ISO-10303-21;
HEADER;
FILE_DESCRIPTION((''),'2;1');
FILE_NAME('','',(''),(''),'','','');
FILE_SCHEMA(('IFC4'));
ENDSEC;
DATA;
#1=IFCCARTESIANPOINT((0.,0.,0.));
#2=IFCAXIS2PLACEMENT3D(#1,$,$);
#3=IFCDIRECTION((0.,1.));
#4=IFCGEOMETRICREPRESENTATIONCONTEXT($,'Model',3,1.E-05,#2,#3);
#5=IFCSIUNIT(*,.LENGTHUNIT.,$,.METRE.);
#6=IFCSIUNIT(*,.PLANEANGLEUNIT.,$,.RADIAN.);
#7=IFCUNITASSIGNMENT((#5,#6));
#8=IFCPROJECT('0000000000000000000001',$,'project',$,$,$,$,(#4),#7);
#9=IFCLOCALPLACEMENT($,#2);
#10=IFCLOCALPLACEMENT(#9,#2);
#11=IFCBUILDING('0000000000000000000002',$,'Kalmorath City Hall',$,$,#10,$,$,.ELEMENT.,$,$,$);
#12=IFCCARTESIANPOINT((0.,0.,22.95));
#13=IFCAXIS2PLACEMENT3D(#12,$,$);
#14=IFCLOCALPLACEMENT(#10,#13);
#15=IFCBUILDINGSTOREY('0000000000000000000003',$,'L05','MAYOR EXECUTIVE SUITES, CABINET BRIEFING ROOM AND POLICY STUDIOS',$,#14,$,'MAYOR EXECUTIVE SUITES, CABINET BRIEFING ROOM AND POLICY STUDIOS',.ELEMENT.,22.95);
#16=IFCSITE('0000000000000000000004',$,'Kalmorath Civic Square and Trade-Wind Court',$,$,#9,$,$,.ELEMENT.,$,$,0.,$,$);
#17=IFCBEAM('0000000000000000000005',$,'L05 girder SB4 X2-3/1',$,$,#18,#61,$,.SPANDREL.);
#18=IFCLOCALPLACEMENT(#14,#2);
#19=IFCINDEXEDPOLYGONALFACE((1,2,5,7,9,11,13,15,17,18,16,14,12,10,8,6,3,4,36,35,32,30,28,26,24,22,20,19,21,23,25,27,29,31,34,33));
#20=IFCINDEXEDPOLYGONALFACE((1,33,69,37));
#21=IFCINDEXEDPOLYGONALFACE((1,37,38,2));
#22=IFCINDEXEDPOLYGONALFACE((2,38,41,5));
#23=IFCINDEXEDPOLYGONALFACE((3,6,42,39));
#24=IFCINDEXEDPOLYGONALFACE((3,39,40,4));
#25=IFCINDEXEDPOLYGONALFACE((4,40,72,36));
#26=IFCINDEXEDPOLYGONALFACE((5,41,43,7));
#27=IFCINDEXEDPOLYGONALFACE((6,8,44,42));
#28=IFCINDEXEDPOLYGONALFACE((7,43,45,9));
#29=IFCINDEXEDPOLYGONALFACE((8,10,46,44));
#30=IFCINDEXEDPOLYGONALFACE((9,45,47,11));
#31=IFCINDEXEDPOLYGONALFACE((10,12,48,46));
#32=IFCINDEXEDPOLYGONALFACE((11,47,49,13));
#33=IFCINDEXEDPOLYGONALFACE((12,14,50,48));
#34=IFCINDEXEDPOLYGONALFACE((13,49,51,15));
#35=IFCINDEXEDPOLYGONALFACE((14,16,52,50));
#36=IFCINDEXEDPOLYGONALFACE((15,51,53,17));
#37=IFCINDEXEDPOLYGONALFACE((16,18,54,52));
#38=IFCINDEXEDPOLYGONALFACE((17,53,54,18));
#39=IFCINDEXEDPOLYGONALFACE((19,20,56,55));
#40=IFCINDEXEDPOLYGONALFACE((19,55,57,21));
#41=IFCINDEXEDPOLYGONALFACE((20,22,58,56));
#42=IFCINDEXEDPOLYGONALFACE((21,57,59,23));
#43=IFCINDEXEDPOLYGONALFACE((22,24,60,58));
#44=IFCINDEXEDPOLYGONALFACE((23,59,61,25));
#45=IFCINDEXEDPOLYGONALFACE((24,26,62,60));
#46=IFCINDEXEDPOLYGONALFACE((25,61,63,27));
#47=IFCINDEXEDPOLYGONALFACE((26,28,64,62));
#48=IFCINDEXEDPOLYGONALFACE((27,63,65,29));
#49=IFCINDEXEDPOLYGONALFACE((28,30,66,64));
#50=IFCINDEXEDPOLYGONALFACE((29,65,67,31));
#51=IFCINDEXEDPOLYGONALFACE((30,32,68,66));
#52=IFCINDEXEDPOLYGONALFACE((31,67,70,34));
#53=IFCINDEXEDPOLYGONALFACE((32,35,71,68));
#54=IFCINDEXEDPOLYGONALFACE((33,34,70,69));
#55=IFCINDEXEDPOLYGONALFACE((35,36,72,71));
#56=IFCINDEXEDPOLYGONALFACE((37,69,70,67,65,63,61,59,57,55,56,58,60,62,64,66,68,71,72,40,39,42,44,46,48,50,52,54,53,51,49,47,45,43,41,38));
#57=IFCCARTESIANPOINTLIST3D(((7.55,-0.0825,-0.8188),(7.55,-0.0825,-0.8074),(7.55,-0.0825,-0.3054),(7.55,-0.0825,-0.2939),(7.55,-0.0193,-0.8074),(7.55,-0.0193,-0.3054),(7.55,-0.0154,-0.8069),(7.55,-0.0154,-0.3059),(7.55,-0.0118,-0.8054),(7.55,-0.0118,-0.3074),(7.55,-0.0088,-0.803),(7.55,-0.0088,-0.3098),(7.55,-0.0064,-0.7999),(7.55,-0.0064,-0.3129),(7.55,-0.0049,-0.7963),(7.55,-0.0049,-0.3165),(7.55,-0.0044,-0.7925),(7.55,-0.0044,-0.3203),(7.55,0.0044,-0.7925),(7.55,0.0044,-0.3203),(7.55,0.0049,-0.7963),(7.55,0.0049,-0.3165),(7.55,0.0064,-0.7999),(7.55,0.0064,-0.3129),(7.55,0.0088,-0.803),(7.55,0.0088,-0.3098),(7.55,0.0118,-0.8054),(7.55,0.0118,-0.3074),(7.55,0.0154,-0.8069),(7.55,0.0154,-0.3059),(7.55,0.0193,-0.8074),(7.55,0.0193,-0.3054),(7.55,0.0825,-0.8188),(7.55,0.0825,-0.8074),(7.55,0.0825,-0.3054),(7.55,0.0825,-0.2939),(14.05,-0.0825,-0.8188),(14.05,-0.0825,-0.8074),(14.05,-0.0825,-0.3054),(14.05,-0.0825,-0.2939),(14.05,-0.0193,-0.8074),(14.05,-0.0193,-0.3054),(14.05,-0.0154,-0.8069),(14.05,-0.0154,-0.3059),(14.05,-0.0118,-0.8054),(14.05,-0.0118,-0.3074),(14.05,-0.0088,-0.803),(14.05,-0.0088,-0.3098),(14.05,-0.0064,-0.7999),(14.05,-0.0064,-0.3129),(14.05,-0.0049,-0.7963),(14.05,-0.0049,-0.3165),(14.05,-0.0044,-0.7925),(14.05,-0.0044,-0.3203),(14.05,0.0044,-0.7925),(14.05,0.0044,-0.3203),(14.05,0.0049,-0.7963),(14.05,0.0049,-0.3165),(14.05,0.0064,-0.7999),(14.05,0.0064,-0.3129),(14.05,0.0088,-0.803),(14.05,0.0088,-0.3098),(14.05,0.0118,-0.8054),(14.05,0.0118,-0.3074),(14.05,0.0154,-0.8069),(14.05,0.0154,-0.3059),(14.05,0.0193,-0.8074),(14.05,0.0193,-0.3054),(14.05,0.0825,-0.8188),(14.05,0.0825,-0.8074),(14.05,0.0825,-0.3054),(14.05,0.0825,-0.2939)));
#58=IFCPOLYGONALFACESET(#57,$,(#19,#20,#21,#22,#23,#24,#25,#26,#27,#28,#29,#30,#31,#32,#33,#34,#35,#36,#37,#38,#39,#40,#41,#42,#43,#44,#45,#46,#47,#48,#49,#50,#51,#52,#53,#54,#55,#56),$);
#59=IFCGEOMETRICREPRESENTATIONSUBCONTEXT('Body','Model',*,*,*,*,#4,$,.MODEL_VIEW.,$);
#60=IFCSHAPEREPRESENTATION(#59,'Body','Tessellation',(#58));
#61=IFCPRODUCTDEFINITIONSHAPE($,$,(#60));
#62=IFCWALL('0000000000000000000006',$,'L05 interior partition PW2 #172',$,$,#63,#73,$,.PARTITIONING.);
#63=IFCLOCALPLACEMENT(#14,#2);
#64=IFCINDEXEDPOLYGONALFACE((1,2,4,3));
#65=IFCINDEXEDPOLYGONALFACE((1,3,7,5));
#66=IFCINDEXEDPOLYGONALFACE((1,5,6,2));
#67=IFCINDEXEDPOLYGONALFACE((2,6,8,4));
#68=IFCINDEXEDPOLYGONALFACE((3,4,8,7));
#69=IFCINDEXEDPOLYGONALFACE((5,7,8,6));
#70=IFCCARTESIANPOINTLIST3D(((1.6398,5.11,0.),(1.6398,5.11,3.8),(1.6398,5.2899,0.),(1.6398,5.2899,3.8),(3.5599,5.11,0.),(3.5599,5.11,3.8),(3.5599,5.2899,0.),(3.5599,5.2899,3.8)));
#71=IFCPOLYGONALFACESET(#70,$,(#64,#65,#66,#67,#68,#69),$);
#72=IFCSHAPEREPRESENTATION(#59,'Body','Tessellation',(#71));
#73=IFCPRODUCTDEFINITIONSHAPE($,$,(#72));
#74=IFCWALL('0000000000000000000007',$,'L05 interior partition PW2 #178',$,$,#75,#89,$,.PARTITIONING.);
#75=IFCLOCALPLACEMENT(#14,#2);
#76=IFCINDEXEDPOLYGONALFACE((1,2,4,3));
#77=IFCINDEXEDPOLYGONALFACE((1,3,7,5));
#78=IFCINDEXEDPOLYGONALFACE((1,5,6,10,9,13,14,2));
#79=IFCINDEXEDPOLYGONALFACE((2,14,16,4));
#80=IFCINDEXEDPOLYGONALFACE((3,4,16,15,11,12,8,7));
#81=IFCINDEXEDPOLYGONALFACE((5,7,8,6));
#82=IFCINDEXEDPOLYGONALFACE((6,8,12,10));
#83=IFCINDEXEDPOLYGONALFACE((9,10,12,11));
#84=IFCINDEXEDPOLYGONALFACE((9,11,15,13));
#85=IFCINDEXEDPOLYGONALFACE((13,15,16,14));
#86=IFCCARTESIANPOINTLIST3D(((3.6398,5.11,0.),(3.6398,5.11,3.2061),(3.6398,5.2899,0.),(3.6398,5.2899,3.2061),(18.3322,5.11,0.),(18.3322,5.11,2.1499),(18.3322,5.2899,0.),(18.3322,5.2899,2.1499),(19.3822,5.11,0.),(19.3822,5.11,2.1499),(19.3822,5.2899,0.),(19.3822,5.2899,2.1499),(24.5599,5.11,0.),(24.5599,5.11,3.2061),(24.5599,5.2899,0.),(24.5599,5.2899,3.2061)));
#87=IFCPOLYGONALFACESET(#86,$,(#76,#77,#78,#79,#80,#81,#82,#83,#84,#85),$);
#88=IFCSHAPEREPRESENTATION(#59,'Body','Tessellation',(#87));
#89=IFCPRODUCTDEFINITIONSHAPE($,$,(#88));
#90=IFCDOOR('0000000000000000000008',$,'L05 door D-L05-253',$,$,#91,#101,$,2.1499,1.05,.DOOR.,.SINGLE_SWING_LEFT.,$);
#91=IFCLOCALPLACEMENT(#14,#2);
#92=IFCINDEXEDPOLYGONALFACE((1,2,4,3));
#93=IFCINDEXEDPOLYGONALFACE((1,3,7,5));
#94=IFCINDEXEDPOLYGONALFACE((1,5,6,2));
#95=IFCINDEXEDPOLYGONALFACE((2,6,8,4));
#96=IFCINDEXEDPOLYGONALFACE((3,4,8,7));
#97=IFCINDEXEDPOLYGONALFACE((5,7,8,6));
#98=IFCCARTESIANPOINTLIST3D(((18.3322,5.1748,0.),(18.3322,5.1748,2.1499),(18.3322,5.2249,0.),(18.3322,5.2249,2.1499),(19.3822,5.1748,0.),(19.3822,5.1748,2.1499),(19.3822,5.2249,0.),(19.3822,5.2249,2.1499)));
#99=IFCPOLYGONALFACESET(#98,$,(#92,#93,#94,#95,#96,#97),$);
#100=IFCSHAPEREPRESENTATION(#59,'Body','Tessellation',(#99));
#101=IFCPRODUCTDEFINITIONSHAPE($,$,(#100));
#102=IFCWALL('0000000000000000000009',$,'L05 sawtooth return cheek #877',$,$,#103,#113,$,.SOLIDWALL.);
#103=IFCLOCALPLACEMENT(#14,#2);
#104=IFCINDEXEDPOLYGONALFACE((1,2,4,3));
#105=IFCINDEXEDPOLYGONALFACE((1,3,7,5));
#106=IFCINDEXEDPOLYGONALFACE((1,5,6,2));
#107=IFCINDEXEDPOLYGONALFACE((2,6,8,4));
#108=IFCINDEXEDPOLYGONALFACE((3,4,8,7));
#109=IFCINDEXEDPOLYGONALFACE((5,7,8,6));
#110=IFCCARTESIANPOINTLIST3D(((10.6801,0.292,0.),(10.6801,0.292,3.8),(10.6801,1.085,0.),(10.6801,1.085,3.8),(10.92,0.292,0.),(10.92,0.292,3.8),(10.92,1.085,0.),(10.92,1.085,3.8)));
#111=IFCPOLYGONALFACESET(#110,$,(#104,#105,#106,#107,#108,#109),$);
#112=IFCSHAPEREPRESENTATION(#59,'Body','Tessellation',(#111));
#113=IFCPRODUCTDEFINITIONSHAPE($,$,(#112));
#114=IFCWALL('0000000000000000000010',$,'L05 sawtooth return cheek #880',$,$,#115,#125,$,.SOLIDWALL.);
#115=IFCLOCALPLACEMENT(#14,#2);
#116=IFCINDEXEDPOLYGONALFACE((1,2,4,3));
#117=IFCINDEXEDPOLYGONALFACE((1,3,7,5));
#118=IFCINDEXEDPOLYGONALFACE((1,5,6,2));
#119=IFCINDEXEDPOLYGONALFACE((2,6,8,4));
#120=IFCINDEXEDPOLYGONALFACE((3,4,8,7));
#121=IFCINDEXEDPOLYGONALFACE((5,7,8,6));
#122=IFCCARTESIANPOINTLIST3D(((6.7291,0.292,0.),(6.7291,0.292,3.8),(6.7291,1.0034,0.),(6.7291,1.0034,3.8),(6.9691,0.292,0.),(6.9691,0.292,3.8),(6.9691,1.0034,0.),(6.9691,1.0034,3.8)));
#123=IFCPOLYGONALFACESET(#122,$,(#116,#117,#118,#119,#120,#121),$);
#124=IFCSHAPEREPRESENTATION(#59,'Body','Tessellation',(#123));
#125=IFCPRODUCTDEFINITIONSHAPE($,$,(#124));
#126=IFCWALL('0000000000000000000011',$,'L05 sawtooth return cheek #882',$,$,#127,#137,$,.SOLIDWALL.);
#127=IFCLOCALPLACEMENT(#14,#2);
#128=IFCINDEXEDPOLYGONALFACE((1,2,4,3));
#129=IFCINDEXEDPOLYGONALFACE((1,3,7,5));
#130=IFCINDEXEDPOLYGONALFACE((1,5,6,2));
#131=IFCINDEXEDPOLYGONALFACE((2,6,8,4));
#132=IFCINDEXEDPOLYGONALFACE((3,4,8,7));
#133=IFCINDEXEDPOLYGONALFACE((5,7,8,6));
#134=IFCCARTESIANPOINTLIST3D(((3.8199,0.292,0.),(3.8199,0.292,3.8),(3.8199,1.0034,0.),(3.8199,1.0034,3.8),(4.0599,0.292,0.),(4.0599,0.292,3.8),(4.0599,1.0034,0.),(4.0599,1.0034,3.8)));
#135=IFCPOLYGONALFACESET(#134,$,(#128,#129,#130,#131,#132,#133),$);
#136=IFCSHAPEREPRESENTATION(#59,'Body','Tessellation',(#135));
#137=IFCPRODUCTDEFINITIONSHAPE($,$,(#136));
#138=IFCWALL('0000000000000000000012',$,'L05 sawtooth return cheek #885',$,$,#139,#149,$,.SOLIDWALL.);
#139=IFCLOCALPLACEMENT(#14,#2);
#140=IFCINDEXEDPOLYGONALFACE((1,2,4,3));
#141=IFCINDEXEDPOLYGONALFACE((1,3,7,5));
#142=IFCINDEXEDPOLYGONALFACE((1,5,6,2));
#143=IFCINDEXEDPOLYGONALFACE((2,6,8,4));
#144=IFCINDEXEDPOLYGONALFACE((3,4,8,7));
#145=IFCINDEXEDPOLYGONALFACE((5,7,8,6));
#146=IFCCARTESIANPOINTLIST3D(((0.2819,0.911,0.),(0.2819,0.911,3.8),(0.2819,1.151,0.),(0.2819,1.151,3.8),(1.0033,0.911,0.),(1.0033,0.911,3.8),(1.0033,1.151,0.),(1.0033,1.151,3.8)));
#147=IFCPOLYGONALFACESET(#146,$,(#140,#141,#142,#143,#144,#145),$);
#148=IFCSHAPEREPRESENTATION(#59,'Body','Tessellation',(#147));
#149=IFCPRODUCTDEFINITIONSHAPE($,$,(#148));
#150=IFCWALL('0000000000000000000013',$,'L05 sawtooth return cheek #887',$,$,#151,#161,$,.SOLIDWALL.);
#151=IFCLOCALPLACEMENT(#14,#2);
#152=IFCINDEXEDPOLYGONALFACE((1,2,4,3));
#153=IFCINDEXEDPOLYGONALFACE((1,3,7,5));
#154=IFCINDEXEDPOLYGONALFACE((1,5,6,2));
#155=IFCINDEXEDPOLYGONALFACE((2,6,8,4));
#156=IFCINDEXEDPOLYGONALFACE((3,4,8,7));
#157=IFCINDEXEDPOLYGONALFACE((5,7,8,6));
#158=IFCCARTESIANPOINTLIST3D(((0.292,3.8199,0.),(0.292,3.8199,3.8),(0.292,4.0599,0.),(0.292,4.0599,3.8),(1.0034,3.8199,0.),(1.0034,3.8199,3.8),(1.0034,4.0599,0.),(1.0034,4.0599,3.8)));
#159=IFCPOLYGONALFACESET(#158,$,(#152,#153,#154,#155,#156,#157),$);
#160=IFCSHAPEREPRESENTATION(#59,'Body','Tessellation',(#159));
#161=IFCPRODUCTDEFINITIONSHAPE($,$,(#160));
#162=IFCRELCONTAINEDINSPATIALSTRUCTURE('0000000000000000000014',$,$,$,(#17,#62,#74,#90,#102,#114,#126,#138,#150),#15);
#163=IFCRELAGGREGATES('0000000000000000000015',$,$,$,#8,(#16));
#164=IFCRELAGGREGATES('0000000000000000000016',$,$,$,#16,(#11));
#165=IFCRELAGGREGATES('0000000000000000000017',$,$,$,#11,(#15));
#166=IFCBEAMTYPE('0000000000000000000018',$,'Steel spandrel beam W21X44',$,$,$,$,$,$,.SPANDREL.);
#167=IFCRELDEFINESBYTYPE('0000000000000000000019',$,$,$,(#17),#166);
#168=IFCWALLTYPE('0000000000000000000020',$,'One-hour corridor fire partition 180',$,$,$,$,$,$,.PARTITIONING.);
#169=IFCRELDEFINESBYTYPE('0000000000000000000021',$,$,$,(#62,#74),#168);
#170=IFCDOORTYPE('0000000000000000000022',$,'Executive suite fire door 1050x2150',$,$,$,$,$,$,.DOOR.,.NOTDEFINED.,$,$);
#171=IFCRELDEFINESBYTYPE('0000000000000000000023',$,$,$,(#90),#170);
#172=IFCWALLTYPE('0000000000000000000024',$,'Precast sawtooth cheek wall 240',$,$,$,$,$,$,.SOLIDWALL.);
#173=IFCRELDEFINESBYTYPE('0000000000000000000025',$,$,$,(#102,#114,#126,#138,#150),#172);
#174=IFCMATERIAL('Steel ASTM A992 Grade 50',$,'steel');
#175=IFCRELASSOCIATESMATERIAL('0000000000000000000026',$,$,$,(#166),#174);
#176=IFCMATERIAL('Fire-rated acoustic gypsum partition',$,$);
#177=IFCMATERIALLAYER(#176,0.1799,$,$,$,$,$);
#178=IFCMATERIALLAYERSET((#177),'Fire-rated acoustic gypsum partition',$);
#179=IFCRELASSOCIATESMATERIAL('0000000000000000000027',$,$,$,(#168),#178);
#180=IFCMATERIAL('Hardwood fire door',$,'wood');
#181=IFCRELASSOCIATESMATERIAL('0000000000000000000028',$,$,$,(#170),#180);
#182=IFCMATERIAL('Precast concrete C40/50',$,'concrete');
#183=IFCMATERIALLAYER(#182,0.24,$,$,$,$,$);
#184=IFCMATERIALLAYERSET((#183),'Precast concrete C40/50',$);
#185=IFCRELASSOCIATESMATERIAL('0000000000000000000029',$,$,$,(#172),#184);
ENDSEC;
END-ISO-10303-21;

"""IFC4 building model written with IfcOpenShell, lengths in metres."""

from ifc_helpers import new_model, si_unit, direction, frame, frame_2d, origin, origin_2d, place, context, subcontext, project, spatial, rectangle, i_section, extrude, material, layer, layer_set, material_profile, profile_set, type_object, element, fill, save


model = new_model("IFC4")

# Units and contexts
model_context = context("Model", 3, precision=1e-05, world=origin(), true_north=direction((0.0, 1.0)))
body_context = subcontext(model_context, "Body", "Model", "MODEL_VIEW")
ifc_project = project(units=[si_unit("LENGTHUNIT", "METRE"), si_unit("PLANEANGLEUNIT", "RADIAN")], contexts=[model_context])

# Site, building, storey
site_placement = place(None, origin())
site = spatial("IfcSite", under=ifc_project, at=site_placement, Name="Kalmorath Civic Square and Trade-Wind Court", CompositionType="ELEMENT", RefElevation=0.0)
building_placement = place(site_placement, origin())
building = spatial("IfcBuilding", under=site, at=building_placement, Name="Kalmorath City Hall", CompositionType="ELEMENT")
storey_placement = place(building_placement, frame((0.0, 0.0, 22.95)))
storey = spatial("IfcBuildingStorey", under=building, at=storey_placement, Name="L05", Description="MAYOR EXECUTIVE SUITES, CABINET BRIEFING ROOM AND POLICY STUDIOS", LongName="MAYOR EXECUTIVE SUITES, CABINET BRIEFING ROOM AND POLICY STUDIOS", CompositionType="ELEMENT", Elevation=22.95)

# Beam
ifc_material_1 = material(Name="Steel ASTM A992 Grade 50", Category="steel")
ifc_material_profile_1 = material_profile(ifc_material_1, i_section(OverallWidth=0.165, OverallDepth=0.5249, WebThickness=0.0088, FlangeThickness=0.0115, FilletRadius=0.0149, at=origin_2d()), Name="W21X44")
ifc_profile_set_1 = profile_set([ifc_material_profile_1], Name="Steel ASTM A992 Grade 50")
beam_type_1 = type_object("IfcBeamType", Name="Steel spandrel beam W21X44", PredefinedType="SPANDREL", material=ifc_profile_set_1)
beam_1_placement = place(storey_placement, frame((7.55, 0.0, -0.5564), z_axis=(1.0, 0.0, 0.0), x_axis=(0.0, 1.0, 0.0)))
element("IfcBeam", 1, at=beam_1_placement, inside=storey, type_object=beam_type_1, Name="L05 girder SB4 X2-3/1", PredefinedType="SPANDREL", context=body_context, shape_type="SweptSolid", body=[
    extrude(i_section(OverallWidth=0.165, OverallDepth=0.5249, WebThickness=0.0088, FlangeThickness=0.0115, FilletRadius=0.0149, at=origin_2d()), origin(), (0.0, 0.0, 1.0), 6.5),
])

# Wall
ifc_material_2 = material(Name="Fire-rated acoustic gypsum partition")
ifc_layer_1 = layer(ifc_material_2, 0.1799)
ifc_layer_set_1 = layer_set([ifc_layer_1], Name="Fire-rated acoustic gypsum partition")
wall_type_1 = type_object("IfcWallType", Name="One-hour corridor fire partition 180", PredefinedType="PARTITIONING", material=ifc_layer_set_1)
wall_1_placement = place(storey_placement, frame((1.6399, 5.2, 0.0), z_axis=(0.0, 0.0, 1.0), x_axis=(1.0, 0.0, 0.0)))
element("IfcWall", 2, at=wall_1_placement, inside=storey, type_object=wall_type_1, Name="L05 interior partition PW2 #172", PredefinedType="PARTITIONING", context=body_context, shape_type="SweptSolid", body=[
    extrude(rectangle(XDim=1.9202, YDim=0.1799, at=frame_2d((0.96, 0.0))), origin(), (0.0, 0.0, 1.0), 3.8),
])

# Wall, opening, door
wall_2_placement = place(storey_placement, frame((3.6399, 5.2, 0.0), z_axis=(0.0, 0.0, 1.0), x_axis=(1.0, 0.0, 0.0)))
wall_2 = element("IfcWall", 3, at=wall_2_placement, inside=storey, type_object=wall_type_1, Name="L05 interior partition PW2 #178", PredefinedType="PARTITIONING", context=body_context, shape_type="SweptSolid", body=[
    extrude(rectangle(XDim=20.9202, YDim=0.1799, at=frame_2d((10.46, 0.0))), origin(), (0.0, 0.0, 1.0), 3.2061),
])
opening_1_placement = place(wall_2_placement, frame((14.6924, 0.0, 0.0)))
opening_1 = element("IfcOpeningElement", 4, at=opening_1_placement, cuts=wall_2, PredefinedType="OPENING", context=body_context, shape_type="SweptSolid", body=[
    extrude(rectangle(XDim=1.05, YDim=2.1499, at=frame_2d((0.5249, 1.075))), frame((0.0, 0.0999, 0.0), z_axis=(0.0, -1.0, 0.0), x_axis=(1.0, 0.0, 0.0)), (0.0, 0.0, 1.0), 0.2),
])
ifc_material_3 = material(Name="Hardwood fire door", Category="wood")
door_type = type_object("IfcDoorType", Name="Executive suite fire door 1050x2150", OperationType="NOTDEFINED", PredefinedType="DOOR", material=ifc_material_3)
door_placement = place(opening_1_placement, origin())
door = element("IfcDoor", 5, at=door_placement, inside=storey, type_object=door_type, Name="L05 door D-L05-253", OperationType="SINGLE_SWING_LEFT", OverallHeight=2.1499, OverallWidth=1.05, PredefinedType="DOOR", context=body_context, shape_type="SweptSolid", body=[
    extrude(rectangle(XDim=1.05, YDim=2.1499, at=frame_2d((0.5249, 1.075))), frame((0.0, 0.0249, 0.0), z_axis=(0.0, -1.0, 0.0), x_axis=(1.0, 0.0, 0.0)), (0.0, 0.0, 1.0), 0.05),
])
fill(opening_1, door)

# Walls
ifc_material_4 = material(Name="Precast concrete C40/50", Category="concrete")
ifc_layer_2 = layer(ifc_material_4, 0.24)
ifc_layer_set_2 = layer_set([ifc_layer_2], Name="Precast concrete C40/50")
wall_type_2 = type_object("IfcWallType", Name="Precast sawtooth cheek wall 240", PredefinedType="SOLIDWALL", material=ifc_layer_set_2)
wall_3_placement = place(storey_placement, frame((10.8, 1.085, 0.0), z_axis=(0.0, 0.0, 1.0), x_axis=(0.0, -1.0, 0.0)))
element("IfcWall", 6, at=wall_3_placement, inside=storey, type_object=wall_type_2, Name="L05 sawtooth return cheek #877", PredefinedType="SOLIDWALL", context=body_context, shape_type="SweptSolid", body=[
    extrude(rectangle(XDim=0.793, YDim=0.24, at=frame_2d((0.3965, 0.0))), origin(), (0.0, 0.0, 1.0), 3.8),
])
for number, where, z_axis, x_axis, name in (
    (7, (6.8491, 1.0034, 0.0), (0.0, 0.0, 1.0), (0.0, -1.0, 0.0), "L05 sawtooth return cheek #880"),
    (8, (3.9399, 1.0034, 0.0), (0.0, 0.0, 1.0), (0.0, -1.0, 0.0), "L05 sawtooth return cheek #882"),
):
    element("IfcWall", number, at=place(storey_placement, frame(where, z_axis=z_axis, x_axis=x_axis)), inside=storey, type_object=wall_type_2, Name=name, PredefinedType="SOLIDWALL", context=body_context, shape_type="SweptSolid", body=[
        extrude(rectangle(XDim=0.7114, YDim=0.24, at=frame_2d((0.3557, 0.0))), origin(), (0.0, 0.0, 1.0), 3.8),
    ])
wall_4_placement = place(storey_placement, frame((1.0034, 1.031, 0.0), z_axis=(0.0, 0.0, 1.0), x_axis=(-1.0, 0.0, 0.0)))
element("IfcWall", 9, at=wall_4_placement, inside=storey, type_object=wall_type_2, Name="L05 sawtooth return cheek #885", PredefinedType="SOLIDWALL", context=body_context, shape_type="SweptSolid", body=[
    extrude(rectangle(XDim=0.7214, YDim=0.24, at=frame_2d((0.3608, 0.0))), origin(), (0.0, 0.0, 1.0), 3.8),
])
wall_5_placement = place(storey_placement, frame((1.0034, 3.9399, 0.0), z_axis=(0.0, 0.0, 1.0), x_axis=(-1.0, 0.0, 0.0)))
element("IfcWall", 10, at=wall_5_placement, inside=storey, type_object=wall_type_2, Name="L05 sawtooth return cheek #887", PredefinedType="SOLIDWALL", context=body_context, shape_type="SweptSolid", body=[
    extrude(rectangle(XDim=0.7114, YDim=0.24, at=frame_2d((0.3557, 0.0))), origin(), (0.0, 0.0, 1.0), 3.8),
])

save(model, "model.ifc")
